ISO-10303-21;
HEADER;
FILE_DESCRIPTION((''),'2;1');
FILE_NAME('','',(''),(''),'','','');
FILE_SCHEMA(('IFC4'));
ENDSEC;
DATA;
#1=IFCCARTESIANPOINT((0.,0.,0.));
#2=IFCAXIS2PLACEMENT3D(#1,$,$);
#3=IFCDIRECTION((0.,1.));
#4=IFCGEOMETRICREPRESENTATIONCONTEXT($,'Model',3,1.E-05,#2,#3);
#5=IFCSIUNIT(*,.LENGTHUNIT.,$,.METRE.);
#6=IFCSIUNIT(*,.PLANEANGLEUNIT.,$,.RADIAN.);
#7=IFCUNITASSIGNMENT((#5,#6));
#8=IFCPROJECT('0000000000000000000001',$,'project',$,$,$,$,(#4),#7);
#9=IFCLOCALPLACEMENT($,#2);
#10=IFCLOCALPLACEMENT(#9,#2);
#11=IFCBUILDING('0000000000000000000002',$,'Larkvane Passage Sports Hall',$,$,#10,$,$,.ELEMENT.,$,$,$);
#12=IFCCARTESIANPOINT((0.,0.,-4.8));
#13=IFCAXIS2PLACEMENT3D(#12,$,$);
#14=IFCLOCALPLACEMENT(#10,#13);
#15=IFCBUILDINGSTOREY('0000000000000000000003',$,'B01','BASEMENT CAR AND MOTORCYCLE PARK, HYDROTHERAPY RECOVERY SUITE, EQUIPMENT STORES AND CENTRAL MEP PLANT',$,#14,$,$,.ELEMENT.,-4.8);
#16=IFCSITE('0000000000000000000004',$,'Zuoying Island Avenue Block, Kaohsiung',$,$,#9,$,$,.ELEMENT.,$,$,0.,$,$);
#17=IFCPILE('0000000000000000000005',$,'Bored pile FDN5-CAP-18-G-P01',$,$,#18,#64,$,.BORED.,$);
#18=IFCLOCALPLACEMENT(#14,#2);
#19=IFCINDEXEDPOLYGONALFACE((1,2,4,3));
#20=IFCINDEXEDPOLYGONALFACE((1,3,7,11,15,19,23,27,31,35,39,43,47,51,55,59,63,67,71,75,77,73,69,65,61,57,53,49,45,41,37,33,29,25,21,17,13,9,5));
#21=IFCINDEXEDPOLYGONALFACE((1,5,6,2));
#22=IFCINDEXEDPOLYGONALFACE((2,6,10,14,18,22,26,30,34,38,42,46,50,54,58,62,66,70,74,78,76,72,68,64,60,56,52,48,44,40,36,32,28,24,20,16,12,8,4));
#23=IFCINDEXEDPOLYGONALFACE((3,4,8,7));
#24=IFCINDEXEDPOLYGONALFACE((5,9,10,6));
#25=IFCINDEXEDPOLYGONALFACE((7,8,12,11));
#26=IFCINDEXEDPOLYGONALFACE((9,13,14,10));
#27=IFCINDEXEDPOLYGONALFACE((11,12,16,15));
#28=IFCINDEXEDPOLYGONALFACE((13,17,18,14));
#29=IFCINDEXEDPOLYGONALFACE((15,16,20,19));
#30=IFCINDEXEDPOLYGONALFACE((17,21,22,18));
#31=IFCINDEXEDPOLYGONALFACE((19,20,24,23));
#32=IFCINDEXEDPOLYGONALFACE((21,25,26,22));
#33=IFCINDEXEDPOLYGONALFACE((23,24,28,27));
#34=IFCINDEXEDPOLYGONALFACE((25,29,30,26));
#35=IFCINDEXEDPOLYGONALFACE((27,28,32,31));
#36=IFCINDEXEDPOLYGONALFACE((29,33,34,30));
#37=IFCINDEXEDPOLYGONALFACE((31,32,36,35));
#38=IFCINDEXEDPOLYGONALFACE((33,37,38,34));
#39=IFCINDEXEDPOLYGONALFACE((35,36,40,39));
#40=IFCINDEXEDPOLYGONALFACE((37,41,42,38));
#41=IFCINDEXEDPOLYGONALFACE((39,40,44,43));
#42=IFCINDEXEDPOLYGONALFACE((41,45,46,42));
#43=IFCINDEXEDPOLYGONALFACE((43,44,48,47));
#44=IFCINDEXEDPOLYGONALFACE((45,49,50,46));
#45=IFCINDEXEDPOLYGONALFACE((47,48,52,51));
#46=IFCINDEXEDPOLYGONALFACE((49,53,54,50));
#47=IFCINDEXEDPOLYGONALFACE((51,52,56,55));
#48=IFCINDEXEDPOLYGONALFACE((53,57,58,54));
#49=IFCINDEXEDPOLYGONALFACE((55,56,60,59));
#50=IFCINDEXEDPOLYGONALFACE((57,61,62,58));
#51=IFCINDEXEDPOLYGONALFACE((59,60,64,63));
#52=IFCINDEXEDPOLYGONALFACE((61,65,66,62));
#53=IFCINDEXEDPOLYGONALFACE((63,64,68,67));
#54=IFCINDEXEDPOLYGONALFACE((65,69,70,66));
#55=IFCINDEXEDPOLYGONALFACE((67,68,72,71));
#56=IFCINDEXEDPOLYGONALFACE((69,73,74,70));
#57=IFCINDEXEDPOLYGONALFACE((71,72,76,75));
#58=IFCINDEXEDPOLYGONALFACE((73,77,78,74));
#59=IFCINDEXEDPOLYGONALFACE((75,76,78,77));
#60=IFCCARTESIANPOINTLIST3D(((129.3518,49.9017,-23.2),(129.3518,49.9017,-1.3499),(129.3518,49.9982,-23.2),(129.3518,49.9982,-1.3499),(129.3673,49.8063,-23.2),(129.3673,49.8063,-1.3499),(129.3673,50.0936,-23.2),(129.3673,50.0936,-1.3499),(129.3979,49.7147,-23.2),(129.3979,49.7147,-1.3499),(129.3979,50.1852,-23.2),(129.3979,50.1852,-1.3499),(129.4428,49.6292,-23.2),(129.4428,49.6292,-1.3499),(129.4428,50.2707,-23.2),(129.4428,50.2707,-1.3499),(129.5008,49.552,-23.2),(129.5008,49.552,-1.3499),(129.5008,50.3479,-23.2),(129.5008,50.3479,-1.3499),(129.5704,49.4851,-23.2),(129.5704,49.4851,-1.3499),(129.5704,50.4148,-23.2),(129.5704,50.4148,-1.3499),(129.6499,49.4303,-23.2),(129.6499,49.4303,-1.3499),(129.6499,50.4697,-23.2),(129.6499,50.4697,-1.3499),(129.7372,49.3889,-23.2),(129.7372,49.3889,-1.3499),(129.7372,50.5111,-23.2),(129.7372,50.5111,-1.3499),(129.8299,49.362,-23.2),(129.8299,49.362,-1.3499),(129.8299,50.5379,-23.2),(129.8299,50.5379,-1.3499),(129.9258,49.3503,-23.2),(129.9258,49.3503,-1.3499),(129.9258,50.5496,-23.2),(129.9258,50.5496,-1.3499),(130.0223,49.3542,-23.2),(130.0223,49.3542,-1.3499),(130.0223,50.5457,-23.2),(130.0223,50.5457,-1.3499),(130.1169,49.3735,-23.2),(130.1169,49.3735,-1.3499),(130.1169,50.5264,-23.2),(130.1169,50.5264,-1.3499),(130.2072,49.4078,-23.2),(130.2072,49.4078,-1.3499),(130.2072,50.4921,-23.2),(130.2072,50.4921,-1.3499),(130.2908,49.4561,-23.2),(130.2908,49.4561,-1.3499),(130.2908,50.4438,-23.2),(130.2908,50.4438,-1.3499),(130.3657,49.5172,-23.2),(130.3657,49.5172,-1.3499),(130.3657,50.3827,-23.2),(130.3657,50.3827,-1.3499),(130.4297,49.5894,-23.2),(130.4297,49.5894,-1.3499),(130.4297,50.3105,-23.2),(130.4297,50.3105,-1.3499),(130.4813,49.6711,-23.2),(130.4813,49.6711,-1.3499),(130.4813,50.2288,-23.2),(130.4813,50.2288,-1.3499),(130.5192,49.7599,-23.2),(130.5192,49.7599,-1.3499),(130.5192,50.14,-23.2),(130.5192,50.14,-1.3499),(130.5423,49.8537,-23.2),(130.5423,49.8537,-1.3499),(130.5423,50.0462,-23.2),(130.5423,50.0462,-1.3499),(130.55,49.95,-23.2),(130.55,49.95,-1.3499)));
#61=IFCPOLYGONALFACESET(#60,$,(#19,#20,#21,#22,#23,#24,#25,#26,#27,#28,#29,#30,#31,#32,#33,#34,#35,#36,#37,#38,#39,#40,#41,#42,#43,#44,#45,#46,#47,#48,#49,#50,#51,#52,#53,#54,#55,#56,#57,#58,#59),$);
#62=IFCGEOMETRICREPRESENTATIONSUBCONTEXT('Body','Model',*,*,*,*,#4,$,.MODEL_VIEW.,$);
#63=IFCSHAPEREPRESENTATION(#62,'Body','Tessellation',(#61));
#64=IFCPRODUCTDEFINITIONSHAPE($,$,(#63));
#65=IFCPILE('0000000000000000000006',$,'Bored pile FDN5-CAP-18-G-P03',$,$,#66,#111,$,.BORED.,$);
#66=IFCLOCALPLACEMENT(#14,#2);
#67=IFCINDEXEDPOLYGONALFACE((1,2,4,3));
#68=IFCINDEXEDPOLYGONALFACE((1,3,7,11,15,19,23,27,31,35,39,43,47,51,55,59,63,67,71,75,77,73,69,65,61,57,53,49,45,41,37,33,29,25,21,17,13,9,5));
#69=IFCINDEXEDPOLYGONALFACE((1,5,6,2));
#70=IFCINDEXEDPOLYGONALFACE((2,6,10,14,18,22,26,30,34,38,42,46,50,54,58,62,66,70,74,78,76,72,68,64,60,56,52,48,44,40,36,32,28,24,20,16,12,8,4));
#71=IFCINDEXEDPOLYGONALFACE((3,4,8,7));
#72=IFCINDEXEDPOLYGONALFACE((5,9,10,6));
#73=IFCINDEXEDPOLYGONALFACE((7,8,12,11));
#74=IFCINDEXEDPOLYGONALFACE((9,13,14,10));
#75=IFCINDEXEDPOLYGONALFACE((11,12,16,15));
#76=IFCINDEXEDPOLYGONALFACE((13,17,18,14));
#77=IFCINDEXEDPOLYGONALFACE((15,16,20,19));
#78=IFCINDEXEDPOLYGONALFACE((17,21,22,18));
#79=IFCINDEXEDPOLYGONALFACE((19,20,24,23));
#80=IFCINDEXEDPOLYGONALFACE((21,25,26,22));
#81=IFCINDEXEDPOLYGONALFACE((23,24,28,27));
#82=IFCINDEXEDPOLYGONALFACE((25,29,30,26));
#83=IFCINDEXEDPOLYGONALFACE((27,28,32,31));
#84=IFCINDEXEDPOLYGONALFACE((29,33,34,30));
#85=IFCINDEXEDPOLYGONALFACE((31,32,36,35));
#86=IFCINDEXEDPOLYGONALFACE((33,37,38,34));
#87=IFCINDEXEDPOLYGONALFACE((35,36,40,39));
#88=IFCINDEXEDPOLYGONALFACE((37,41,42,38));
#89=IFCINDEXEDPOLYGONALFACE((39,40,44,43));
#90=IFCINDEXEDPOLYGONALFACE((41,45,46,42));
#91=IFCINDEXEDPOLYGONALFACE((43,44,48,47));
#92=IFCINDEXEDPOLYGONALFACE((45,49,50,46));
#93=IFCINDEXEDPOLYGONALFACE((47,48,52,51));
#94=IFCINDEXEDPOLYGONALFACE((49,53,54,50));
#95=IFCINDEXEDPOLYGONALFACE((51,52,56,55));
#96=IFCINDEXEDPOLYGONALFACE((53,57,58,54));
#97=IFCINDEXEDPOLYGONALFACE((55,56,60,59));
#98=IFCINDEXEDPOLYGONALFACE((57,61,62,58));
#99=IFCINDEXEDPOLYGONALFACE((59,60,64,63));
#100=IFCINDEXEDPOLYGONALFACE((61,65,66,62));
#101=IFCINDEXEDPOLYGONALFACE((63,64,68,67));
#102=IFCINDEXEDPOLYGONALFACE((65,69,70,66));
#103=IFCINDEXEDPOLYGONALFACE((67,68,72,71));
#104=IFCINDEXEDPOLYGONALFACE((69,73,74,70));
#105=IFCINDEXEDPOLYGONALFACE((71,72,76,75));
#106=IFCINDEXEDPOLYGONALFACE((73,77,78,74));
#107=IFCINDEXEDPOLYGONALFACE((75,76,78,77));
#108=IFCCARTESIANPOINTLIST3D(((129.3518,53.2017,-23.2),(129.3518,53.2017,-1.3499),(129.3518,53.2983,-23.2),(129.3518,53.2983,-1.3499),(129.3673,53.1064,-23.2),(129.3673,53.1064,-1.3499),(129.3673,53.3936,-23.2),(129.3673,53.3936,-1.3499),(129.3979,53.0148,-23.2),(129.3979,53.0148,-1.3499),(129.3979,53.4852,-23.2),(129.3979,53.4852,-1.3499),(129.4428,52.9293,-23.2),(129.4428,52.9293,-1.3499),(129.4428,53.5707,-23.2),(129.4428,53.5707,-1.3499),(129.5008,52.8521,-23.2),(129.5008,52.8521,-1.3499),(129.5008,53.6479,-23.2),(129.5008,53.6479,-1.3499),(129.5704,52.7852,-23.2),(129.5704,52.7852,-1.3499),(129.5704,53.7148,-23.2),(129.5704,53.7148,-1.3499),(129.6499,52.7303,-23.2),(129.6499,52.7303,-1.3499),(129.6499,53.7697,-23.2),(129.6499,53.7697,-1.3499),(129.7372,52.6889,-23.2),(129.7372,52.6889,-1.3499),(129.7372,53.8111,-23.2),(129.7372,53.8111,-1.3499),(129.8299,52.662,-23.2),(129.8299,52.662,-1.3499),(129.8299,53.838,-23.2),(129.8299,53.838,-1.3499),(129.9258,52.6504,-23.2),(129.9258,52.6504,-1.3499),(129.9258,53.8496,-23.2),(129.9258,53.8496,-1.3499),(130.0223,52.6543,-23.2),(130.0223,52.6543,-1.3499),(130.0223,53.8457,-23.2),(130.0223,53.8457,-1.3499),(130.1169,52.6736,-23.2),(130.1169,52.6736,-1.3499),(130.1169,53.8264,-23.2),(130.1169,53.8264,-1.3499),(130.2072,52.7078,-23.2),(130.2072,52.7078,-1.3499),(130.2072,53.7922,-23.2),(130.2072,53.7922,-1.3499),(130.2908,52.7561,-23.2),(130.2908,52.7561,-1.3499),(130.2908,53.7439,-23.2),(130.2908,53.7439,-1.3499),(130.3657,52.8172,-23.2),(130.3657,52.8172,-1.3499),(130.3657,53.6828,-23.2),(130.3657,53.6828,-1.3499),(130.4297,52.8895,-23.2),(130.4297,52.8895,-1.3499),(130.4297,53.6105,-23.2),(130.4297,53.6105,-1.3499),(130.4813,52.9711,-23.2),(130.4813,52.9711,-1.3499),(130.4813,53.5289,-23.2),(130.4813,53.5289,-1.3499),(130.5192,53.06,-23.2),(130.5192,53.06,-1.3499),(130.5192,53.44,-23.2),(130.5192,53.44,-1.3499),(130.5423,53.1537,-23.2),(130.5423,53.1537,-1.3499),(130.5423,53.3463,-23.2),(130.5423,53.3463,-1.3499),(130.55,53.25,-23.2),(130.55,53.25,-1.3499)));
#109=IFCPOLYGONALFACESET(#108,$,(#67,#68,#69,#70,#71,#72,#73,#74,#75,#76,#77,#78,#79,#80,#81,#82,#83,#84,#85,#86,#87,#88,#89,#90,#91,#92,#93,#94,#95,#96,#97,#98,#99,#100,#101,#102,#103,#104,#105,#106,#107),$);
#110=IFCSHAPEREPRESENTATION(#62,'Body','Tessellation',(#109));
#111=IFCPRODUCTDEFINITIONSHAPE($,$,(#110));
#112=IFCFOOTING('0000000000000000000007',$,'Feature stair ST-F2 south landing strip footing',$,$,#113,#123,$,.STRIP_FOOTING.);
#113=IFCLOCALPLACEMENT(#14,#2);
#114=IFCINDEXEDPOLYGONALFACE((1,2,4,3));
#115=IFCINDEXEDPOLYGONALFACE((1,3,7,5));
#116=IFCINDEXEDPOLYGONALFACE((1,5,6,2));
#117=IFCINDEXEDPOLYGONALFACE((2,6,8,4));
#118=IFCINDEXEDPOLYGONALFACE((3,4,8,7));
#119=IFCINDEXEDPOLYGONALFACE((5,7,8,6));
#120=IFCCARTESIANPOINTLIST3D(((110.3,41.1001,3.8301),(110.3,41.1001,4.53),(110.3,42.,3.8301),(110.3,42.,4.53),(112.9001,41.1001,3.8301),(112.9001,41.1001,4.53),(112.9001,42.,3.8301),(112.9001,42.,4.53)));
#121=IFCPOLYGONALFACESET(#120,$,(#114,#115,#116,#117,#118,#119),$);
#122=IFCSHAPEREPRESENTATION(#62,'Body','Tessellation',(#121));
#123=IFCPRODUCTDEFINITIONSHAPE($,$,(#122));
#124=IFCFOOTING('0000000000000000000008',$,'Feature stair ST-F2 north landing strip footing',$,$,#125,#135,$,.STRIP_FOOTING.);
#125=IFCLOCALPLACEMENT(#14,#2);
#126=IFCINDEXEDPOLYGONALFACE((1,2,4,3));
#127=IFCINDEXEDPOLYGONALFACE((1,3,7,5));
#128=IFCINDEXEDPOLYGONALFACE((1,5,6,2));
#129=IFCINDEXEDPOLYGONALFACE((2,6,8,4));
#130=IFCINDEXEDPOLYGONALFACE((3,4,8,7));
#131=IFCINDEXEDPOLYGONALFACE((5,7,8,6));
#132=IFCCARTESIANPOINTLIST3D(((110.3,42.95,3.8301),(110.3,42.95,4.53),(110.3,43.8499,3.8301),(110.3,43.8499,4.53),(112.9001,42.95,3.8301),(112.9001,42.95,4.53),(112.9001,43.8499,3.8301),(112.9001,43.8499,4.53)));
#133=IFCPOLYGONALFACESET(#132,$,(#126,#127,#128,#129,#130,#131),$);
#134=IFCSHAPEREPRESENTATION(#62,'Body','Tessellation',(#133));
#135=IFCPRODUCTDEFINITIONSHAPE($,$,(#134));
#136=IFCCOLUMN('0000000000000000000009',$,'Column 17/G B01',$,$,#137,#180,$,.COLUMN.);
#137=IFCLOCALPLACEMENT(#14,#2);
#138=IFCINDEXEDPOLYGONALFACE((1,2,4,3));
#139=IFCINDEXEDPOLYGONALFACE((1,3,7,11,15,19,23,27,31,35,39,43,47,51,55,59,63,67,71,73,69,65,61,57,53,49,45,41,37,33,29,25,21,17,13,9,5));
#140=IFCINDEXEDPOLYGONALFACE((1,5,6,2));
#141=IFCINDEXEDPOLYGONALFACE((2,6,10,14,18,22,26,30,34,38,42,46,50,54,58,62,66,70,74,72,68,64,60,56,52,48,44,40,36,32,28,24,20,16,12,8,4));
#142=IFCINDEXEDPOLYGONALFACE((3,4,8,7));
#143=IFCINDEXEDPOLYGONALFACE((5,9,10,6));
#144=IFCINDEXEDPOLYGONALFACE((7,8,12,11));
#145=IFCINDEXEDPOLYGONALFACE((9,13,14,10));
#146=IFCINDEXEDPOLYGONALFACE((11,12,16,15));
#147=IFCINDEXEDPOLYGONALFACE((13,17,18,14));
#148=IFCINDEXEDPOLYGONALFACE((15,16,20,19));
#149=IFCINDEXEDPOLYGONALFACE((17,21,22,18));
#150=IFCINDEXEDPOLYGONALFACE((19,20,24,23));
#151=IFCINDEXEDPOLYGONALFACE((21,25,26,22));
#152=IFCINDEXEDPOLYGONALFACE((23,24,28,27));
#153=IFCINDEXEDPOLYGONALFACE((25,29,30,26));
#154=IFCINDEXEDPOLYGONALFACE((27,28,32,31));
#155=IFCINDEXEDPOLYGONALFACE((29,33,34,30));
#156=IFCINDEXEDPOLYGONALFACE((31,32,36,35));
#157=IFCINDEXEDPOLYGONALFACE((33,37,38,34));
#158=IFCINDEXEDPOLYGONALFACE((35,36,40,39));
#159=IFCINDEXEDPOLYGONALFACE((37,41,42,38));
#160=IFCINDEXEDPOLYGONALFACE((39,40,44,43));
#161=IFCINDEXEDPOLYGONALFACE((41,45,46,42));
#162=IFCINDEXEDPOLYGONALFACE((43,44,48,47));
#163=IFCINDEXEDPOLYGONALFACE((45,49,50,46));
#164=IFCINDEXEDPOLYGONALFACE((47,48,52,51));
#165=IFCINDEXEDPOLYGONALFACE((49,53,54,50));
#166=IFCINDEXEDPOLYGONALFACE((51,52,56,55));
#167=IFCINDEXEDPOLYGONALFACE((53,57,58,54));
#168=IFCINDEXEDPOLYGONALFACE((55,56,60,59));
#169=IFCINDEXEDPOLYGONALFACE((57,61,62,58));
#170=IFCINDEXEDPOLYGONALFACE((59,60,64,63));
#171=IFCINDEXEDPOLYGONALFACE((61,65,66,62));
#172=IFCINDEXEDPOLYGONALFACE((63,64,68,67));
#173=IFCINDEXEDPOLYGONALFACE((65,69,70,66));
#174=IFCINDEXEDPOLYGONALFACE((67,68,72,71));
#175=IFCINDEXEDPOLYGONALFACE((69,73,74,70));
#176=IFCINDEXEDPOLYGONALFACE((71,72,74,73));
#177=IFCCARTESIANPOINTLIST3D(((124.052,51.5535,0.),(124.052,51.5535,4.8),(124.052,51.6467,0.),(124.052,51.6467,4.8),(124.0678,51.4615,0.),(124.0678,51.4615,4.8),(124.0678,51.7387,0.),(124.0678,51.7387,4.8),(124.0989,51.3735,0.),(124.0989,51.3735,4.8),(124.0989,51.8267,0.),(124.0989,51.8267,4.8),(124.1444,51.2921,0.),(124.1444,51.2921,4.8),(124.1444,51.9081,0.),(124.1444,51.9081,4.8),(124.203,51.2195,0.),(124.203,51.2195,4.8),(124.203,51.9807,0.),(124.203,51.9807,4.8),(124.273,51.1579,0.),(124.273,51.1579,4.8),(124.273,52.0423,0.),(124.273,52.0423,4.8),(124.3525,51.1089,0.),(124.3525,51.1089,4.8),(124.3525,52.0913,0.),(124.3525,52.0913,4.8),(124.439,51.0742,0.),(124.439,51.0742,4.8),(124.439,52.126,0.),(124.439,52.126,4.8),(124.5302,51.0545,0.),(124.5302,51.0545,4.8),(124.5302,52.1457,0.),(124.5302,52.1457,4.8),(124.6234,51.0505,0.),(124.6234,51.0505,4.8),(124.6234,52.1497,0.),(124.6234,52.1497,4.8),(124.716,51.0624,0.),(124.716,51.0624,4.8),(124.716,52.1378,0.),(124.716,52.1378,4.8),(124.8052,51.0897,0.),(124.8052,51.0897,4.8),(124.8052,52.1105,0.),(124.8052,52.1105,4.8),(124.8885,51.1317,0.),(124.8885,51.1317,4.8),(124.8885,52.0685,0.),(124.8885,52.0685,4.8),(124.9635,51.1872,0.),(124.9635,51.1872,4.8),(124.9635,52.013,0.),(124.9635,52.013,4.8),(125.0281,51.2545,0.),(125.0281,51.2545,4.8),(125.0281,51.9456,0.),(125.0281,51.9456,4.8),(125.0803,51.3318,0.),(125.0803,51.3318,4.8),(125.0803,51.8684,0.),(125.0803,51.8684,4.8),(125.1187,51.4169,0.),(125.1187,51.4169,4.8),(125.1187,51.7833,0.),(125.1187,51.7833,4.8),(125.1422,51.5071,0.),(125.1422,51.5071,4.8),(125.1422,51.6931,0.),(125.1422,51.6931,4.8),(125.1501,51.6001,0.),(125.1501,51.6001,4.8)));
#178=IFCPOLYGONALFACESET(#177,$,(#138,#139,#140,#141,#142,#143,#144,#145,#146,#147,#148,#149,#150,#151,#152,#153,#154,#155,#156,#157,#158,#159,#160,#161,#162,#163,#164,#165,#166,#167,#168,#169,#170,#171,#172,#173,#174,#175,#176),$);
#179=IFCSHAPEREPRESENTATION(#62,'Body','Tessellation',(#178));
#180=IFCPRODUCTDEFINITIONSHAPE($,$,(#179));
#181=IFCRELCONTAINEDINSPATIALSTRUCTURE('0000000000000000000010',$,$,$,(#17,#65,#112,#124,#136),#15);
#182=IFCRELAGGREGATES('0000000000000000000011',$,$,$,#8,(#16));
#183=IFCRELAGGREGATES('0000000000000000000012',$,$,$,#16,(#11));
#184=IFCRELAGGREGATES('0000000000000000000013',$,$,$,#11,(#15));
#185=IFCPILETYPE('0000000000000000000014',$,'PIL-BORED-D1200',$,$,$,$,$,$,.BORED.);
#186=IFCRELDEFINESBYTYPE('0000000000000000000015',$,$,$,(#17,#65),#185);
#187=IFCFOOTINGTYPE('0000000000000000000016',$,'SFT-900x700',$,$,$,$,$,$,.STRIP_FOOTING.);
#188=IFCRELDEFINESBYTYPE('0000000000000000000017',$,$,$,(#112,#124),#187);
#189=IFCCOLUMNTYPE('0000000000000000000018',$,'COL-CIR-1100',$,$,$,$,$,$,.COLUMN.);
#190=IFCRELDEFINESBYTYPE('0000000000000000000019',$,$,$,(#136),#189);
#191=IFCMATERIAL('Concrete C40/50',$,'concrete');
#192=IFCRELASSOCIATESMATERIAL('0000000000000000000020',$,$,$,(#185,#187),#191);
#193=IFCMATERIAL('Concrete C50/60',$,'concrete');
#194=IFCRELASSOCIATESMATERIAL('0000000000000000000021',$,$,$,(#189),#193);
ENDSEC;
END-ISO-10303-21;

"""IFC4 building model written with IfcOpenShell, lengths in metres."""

from ifc_helpers import new_model, si_unit, direction, frame, origin, origin_2d, place, context, subcontext, project, spatial, rectangle, circle, extrude, material, material_profile, profile_set, type_object, element, save


model = new_model("IFC4")

# Units and contexts
model_context = context("Model", 3, precision=1e-05, world=origin(), true_north=direction((0.0, 1.0)))
body_context = subcontext(model_context, "Body", "Model", "MODEL_VIEW")
ifc_project = project(units=[si_unit("LENGTHUNIT", "METRE"), si_unit("PLANEANGLEUNIT", "RADIAN")], contexts=[model_context])

# Site, building, storey
site_placement = place(None, origin())
site = spatial("IfcSite", under=ifc_project, at=site_placement, Name="Zuoying Island Avenue Block, Kaohsiung", CompositionType="ELEMENT", RefElevation=0.0)
building_placement = place(site_placement, origin())
building = spatial("IfcBuilding", under=site, at=building_placement, Name="Larkvane Passage Sports Hall", CompositionType="ELEMENT")
storey_placement = place(building_placement, frame((0.0, 0.0, -4.8)))
storey = spatial("IfcBuildingStorey", under=building, at=storey_placement, Name="B01", Description="BASEMENT CAR AND MOTORCYCLE PARK, HYDROTHERAPY RECOVERY SUITE, EQUIPMENT STORES AND CENTRAL MEP PLANT", CompositionType="ELEMENT", Elevation=-4.8)

# Shared definitions
ifc_material_1 = material(Name="Concrete C40/50", Category="concrete")

# Piles
ifc_material_profile_1 = material_profile(ifc_material_1, circle(Radius=0.6001, at=origin_2d()), Name="PILE-D1200")
ifc_profile_set_1 = profile_set([ifc_material_profile_1], Name="Concrete C40/50")
pile_type_1 = type_object("IfcPileType", Name="PIL-BORED-D1200", PredefinedType="BORED", material=ifc_profile_set_1)
for number, where, z_axis, x_axis, name in (
    (1, (129.95, 49.95, -1.3499), (0.0, 0.0, -1.0), (1.0, 0.0, 0.0), "Bored pile FDN5-CAP-18-G-P01"),
    (2, (129.95, 53.25, -1.3499), (0.0, 0.0, -1.0), (1.0, 0.0, 0.0), "Bored pile FDN5-CAP-18-G-P03"),
):
    element("IfcPile", number, at=place(storey_placement, frame(where, z_axis=z_axis, x_axis=x_axis)), inside=storey, type_object=pile_type_1, Name=name, PredefinedType="BORED", context=body_context, shape_type="SweptSolid", body=[
        extrude(circle(Radius=0.6001, at=origin_2d()), origin(), (0.0, 0.0, 1.0), 21.8501),
    ])

# Footings
footing_type_1 = type_object("IfcFootingType", Name="SFT-900x700", PredefinedType="STRIP_FOOTING", material=ifc_material_1)
for number, where, z_axis, x_axis, name in (
    (3, (111.6001, 41.55, 3.8301), (0.0, 0.0, 1.0), (1.0, 0.0, 0.0), "Feature stair ST-F2 south landing strip footing"),
    (4, (111.6001, 43.3999, 3.8301), (0.0, 0.0, 1.0), (1.0, 0.0, 0.0), "Feature stair ST-F2 north landing strip footing"),
):
    element("IfcFooting", number, at=place(storey_placement, frame(where, z_axis=z_axis, x_axis=x_axis)), inside=storey, type_object=footing_type_1, Name=name, PredefinedType="STRIP_FOOTING", context=body_context, shape_type="SweptSolid", body=[
        extrude(rectangle(XDim=2.6001, YDim=0.8999, at=origin_2d()), origin(), (0.0, 0.0, 1.0), 0.7),
    ])

# Column
ifc_material_2 = material(Name="Concrete C50/60", Category="concrete")
ifc_material_profile_2 = material_profile(ifc_material_2, circle(Radius=0.55, at=origin_2d()), Name="RC-CIR-1100")
ifc_profile_set_2 = profile_set([ifc_material_profile_2], Name="Concrete C50/60")
column_type_1 = type_object("IfcColumnType", Name="COL-CIR-1100", PredefinedType="COLUMN", material=ifc_profile_set_2)
column_1_placement = place(storey_placement, frame((124.6001, 51.6001, 0.0), z_axis=(0.0, 0.0, 1.0), x_axis=(1.0, 0.0, 0.0)))
element("IfcColumn", 5, at=column_1_placement, inside=storey, type_object=column_type_1, Name="Column 17/G B01", PredefinedType="COLUMN", context=body_context, shape_type="SweptSolid", body=[
    extrude(circle(Radius=0.55, at=origin_2d()), origin(), (0.0, 0.0, 1.0), 4.8),
])

save(model, "model.ifc")
